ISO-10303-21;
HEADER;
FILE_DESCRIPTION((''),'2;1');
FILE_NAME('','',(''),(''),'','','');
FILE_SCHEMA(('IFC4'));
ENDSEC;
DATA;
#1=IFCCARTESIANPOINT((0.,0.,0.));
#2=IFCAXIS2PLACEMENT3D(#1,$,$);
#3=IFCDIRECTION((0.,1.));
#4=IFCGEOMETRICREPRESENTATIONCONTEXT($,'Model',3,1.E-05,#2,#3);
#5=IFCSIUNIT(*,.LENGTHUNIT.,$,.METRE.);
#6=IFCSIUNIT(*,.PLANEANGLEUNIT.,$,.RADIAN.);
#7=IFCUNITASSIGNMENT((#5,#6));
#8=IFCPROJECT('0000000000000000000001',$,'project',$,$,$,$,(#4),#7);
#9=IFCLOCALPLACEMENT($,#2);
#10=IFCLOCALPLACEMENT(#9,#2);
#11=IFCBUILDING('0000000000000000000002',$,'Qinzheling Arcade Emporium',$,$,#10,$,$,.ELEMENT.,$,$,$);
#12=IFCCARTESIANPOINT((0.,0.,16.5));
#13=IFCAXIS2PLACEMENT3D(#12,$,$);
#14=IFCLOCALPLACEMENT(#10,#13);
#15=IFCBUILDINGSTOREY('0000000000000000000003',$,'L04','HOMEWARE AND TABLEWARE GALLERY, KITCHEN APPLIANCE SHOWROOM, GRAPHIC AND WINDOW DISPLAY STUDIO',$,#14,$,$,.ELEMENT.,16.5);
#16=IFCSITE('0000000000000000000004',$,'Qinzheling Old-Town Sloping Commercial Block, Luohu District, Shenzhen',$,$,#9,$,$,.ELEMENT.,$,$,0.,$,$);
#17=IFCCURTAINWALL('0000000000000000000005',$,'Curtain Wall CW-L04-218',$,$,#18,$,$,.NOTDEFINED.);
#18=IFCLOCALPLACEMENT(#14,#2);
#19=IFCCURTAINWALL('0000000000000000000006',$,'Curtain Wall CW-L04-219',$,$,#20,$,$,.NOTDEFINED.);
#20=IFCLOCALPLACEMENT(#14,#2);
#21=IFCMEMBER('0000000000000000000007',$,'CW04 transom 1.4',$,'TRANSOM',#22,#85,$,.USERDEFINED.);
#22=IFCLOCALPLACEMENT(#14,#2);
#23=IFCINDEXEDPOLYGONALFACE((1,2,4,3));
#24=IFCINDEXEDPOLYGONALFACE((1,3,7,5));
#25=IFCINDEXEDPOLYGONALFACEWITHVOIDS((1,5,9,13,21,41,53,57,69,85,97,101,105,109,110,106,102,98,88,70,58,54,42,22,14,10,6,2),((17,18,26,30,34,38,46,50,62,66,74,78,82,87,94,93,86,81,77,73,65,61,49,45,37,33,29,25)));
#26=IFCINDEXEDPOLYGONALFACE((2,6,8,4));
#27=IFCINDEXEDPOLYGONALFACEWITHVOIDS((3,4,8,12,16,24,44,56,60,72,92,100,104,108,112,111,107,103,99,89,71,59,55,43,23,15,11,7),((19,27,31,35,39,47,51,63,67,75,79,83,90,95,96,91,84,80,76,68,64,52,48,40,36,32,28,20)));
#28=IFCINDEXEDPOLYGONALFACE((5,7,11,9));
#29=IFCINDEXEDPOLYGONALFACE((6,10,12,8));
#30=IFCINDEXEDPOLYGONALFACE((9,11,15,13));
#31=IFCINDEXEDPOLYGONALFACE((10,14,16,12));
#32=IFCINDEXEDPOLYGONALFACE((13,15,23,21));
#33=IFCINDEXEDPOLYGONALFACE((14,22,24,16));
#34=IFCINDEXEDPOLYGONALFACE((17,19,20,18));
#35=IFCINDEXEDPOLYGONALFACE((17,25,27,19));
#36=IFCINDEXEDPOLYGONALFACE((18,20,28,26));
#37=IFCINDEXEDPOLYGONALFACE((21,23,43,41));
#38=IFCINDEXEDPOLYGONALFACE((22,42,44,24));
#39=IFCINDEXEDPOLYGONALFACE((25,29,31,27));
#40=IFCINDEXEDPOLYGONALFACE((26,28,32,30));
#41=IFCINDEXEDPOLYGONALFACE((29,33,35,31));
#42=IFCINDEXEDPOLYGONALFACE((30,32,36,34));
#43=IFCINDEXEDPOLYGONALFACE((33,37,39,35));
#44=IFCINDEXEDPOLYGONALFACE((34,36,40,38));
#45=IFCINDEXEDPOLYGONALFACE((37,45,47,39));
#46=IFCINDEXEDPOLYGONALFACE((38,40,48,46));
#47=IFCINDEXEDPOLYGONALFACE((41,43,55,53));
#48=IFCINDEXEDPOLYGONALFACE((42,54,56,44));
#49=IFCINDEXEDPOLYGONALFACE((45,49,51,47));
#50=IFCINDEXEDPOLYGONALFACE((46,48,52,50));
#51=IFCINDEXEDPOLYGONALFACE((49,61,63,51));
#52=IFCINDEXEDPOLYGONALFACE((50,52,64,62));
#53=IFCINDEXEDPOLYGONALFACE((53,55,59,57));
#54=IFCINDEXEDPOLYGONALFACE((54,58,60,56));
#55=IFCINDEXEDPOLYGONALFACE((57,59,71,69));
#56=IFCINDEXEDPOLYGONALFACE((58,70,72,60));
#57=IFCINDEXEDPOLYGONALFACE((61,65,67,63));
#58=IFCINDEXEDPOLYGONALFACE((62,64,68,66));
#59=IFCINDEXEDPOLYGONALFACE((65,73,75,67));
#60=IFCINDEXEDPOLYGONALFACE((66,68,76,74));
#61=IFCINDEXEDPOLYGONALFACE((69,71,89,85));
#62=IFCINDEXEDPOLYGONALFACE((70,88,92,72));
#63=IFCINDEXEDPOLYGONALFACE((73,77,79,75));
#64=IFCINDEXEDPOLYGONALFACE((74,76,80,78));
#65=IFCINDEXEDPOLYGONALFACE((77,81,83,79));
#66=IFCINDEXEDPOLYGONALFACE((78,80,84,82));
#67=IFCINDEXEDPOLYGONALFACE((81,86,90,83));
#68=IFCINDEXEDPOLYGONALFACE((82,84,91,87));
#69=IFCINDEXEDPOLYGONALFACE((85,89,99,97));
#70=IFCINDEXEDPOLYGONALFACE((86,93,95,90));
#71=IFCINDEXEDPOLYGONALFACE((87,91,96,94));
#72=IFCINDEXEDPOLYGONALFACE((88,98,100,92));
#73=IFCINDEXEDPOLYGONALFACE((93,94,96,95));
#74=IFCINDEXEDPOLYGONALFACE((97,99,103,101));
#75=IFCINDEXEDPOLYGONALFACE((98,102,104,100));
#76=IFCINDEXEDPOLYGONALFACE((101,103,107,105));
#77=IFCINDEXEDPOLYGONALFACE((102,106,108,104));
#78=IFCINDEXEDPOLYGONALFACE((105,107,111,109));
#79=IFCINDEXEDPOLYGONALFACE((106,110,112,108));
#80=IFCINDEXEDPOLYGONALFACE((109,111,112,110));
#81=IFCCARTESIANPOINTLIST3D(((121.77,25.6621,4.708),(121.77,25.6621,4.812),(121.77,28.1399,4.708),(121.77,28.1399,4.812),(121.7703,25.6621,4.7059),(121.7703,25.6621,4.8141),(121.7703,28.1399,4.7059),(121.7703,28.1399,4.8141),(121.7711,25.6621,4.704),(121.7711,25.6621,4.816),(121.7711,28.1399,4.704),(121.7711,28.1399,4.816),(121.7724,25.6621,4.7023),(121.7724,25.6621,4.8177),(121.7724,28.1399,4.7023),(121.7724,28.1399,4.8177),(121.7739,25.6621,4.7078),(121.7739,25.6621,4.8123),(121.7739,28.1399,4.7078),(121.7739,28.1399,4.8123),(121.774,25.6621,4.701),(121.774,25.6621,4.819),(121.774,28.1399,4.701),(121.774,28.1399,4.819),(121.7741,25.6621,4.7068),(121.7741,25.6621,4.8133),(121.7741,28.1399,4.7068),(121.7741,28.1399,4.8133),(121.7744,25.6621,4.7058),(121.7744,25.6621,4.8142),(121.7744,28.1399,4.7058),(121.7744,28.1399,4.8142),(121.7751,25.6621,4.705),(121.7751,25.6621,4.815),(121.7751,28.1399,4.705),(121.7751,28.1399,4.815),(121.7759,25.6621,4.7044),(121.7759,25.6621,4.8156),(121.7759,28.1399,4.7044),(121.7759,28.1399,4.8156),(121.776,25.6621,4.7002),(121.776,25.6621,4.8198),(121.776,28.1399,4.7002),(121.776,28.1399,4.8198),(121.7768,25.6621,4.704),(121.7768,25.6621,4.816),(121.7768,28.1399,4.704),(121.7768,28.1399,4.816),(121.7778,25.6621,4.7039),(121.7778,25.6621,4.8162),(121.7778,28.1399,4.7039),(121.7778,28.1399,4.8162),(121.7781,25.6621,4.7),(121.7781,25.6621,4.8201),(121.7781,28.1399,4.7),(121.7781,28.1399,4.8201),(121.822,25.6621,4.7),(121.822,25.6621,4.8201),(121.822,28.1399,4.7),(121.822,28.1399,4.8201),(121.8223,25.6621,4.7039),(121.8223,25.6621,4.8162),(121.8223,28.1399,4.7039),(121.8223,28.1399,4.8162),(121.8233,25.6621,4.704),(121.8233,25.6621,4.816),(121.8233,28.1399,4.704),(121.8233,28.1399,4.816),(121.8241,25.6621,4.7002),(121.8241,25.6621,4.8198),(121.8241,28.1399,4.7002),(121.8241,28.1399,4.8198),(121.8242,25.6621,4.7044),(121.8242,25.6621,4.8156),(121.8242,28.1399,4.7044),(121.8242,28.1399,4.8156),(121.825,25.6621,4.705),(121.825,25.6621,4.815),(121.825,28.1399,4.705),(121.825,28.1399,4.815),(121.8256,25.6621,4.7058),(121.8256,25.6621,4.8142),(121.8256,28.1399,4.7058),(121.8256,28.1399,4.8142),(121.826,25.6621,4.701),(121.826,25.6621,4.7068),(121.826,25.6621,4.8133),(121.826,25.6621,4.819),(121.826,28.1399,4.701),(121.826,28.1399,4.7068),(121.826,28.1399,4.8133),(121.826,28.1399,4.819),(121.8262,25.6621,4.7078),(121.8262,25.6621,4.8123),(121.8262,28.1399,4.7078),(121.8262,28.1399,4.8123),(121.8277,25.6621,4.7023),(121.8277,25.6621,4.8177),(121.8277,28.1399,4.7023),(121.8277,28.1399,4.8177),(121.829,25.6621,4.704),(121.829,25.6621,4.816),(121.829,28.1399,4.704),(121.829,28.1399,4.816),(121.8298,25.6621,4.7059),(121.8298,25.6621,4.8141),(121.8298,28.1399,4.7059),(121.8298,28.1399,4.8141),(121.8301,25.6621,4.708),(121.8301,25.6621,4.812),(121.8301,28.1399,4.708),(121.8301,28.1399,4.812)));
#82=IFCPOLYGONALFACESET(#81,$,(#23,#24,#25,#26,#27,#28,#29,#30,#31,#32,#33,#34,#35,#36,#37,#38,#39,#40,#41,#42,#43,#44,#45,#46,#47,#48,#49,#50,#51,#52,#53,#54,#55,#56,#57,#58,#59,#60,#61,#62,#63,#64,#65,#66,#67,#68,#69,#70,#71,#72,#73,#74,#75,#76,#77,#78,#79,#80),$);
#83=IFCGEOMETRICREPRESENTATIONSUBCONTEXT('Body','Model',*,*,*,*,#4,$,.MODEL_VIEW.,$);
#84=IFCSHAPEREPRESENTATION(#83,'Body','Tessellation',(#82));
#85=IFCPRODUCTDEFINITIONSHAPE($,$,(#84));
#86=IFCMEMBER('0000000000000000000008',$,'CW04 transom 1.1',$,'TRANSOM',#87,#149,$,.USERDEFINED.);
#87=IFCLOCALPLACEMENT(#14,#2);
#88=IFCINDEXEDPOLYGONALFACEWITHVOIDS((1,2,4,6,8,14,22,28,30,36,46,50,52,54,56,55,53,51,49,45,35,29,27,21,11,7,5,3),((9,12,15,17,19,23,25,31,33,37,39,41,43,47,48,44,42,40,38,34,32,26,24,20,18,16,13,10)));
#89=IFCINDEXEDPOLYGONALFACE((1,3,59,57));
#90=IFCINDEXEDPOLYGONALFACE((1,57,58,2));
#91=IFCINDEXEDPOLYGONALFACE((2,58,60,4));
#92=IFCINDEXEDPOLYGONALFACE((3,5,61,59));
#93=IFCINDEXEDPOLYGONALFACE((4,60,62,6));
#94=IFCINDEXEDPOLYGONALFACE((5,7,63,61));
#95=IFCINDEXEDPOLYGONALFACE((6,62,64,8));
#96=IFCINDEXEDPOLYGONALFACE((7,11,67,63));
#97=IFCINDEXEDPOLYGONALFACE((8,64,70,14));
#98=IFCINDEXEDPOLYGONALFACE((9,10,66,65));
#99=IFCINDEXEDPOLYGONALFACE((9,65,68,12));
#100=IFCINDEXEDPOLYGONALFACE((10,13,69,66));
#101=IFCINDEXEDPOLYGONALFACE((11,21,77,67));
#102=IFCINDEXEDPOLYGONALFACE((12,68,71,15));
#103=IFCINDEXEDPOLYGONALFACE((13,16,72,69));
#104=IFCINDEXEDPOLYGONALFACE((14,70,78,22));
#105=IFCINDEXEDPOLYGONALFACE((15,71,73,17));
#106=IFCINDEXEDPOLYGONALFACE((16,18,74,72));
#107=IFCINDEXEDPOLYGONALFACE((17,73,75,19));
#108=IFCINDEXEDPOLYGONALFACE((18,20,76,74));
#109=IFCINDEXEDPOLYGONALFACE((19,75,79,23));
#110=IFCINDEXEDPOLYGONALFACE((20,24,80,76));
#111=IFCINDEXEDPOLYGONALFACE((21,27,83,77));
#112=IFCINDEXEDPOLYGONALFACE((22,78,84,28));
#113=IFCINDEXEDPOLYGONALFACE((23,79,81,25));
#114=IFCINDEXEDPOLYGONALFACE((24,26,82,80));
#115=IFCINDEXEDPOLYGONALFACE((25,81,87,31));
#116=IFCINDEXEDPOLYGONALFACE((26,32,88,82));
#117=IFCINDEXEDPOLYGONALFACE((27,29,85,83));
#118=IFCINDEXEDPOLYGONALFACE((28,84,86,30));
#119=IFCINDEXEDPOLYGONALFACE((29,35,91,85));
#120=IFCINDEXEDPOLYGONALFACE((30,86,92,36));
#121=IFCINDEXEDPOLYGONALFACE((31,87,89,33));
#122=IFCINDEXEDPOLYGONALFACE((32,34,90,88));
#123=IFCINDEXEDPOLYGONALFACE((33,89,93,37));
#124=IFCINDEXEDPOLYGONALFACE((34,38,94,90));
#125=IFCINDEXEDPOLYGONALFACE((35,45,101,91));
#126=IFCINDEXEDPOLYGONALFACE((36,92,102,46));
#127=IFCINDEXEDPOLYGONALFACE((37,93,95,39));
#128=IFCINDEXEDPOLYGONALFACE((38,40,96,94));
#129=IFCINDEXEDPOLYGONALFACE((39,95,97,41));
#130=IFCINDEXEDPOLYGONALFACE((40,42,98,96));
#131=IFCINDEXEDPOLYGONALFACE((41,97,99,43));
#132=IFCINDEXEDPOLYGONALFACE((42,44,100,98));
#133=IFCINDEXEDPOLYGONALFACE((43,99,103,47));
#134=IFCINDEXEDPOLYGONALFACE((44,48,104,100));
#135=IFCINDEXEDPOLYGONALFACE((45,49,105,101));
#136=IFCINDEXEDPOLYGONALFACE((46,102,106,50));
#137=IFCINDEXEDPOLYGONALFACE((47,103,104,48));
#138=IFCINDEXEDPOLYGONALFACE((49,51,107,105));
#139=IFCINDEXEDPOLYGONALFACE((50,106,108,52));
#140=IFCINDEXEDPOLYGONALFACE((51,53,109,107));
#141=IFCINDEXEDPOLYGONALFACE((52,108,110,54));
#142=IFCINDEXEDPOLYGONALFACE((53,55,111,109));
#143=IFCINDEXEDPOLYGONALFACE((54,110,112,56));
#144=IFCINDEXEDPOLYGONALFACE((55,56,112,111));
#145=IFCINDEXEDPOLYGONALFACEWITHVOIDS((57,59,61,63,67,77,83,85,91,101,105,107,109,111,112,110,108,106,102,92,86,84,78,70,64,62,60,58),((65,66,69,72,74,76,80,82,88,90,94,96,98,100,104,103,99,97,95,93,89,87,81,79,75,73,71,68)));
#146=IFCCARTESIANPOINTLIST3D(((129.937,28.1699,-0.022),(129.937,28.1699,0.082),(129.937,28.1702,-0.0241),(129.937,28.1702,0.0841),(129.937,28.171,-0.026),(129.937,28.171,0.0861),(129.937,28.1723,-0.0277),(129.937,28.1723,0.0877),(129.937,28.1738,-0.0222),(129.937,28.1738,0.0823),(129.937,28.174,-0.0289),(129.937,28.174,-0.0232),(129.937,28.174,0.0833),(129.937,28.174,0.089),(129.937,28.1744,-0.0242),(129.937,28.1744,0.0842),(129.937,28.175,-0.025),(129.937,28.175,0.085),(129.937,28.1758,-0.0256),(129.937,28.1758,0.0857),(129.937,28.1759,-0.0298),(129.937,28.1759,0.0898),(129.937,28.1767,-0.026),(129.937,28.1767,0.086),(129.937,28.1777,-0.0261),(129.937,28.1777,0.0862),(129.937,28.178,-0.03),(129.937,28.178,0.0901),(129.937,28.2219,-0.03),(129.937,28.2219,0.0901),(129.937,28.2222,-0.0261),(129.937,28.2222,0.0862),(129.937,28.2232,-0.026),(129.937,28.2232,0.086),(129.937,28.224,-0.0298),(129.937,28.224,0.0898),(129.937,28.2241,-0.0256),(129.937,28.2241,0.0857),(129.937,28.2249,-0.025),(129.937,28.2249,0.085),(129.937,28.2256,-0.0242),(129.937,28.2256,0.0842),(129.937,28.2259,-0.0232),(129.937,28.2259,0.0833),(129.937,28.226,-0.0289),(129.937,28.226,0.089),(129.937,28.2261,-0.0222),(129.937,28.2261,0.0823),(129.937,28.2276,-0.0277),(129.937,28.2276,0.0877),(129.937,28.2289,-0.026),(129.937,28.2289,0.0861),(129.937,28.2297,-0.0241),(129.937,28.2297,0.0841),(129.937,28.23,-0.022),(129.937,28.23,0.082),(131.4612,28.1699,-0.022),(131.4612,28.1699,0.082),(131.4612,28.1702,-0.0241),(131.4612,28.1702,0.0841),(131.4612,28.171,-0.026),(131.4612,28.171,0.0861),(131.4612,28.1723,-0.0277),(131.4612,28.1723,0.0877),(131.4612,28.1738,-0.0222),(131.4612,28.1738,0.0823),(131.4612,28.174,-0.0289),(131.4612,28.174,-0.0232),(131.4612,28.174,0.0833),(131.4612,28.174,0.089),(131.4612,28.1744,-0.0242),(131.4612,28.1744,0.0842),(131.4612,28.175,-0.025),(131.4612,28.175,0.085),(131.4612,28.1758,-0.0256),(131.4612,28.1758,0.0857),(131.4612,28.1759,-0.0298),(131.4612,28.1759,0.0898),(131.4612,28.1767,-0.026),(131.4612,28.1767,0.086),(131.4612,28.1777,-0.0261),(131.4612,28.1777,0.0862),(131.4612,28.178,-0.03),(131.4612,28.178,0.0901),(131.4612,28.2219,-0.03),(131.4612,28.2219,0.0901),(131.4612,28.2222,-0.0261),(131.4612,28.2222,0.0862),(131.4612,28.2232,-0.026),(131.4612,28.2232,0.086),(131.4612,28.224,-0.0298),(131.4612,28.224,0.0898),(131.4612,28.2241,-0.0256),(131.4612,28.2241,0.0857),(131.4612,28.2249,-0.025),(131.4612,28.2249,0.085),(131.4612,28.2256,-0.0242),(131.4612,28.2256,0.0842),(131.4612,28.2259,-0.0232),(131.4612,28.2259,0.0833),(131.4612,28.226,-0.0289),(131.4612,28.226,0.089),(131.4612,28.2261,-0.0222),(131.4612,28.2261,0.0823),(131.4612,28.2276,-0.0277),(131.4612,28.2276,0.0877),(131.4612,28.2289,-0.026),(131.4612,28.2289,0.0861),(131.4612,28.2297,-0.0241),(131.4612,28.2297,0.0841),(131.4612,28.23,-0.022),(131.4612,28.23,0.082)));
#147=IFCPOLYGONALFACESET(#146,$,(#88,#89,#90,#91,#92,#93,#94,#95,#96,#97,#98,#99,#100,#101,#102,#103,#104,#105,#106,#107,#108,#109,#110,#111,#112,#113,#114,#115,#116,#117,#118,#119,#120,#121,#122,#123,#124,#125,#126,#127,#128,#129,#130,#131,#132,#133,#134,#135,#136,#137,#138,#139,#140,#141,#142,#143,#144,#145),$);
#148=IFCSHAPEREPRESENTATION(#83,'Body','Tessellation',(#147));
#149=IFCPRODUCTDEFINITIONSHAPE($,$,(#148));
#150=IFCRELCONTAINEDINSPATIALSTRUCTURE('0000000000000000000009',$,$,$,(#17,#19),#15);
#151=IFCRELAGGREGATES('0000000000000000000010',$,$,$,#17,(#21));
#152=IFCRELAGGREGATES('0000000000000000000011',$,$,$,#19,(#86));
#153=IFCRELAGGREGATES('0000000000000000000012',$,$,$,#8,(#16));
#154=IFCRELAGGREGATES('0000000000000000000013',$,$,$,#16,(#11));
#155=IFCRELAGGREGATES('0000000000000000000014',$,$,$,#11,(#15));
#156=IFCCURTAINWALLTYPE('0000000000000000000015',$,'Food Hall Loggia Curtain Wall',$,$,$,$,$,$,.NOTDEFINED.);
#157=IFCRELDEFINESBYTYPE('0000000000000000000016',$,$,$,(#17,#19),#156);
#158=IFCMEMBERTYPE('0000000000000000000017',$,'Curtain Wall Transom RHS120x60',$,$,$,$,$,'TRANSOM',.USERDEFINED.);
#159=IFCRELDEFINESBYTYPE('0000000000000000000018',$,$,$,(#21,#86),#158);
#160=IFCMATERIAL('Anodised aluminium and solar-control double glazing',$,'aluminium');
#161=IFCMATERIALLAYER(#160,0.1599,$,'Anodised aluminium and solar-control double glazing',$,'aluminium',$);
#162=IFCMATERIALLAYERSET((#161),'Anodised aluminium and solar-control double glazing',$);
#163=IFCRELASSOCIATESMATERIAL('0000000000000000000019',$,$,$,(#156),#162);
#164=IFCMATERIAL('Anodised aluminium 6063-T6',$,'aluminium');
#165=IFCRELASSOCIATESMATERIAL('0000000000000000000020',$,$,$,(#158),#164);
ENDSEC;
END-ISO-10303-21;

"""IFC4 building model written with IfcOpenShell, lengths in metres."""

from ifc_helpers import new_model, si_unit, direction, frame, origin, origin_2d, place, context, subcontext, project, spatial, hollow_rectangle, extrude, material, layer, layer_set, material_profile, profile_set, type_object, element, aggregate, save


model = new_model("IFC4")

# Units and contexts
model_context = context("Model", 3, precision=1e-05, world=origin(), true_north=direction((0.0, 1.0)))
body_context = subcontext(model_context, "Body", "Model", "MODEL_VIEW")
ifc_project = project(units=[si_unit("LENGTHUNIT", "METRE"), si_unit("PLANEANGLEUNIT", "RADIAN")], contexts=[model_context])

# Site, building, storey
site_placement = place(None, origin())
site = spatial("IfcSite", under=ifc_project, at=site_placement, Name="Qinzheling Old-Town Sloping Commercial Block, Luohu District, Shenzhen", CompositionType="ELEMENT", RefElevation=0.0)
building_placement = place(site_placement, origin())
building = spatial("IfcBuilding", under=site, at=building_placement, Name="Qinzheling Arcade Emporium", CompositionType="ELEMENT")
storey_placement = place(building_placement, frame((0.0, 0.0, 16.5)))
storey = spatial("IfcBuildingStorey", under=building, at=storey_placement, Name="L04", Description="HOMEWARE AND TABLEWARE GALLERY, KITCHEN APPLIANCE SHOWROOM, GRAPHIC AND WINDOW DISPLAY STUDIO", CompositionType="ELEMENT", Elevation=16.5)

# Curtain wall
ifc_material_1 = material(Name="Anodised aluminium and solar-control double glazing", Category="aluminium")
ifc_layer_1 = layer(ifc_material_1, 0.1599, Name="Anodised aluminium and solar-control double glazing", Category="aluminium")
ifc_layer_set_1 = layer_set([ifc_layer_1], Name="Anodised aluminium and solar-control double glazing")
curtain_wall_type = type_object("IfcCurtainWallType", Name="Food Hall Loggia Curtain Wall", PredefinedType="NOTDEFINED", material=ifc_layer_set_1)
curtain_wall_1_placement = place(storey_placement, origin())
curtain_wall_1 = element("IfcCurtainWall", 1, at=curtain_wall_1_placement, inside=storey, type_object=curtain_wall_type, Name="Curtain Wall CW-L04-218", PredefinedType="NOTDEFINED")
ifc_material_2 = material(Name="Anodised aluminium 6063-T6", Category="aluminium")

# Curtain wall
curtain_wall_2_placement = place(storey_placement, origin())
curtain_wall_2 = element("IfcCurtainWall", 2, at=curtain_wall_2_placement, inside=storey, type_object=curtain_wall_type, Name="Curtain Wall CW-L04-219", PredefinedType="NOTDEFINED")

# Members
ifc_material_profile_1 = material_profile(ifc_material_2, hollow_rectangle(XDim=0.0601, YDim=0.1201, WallThickness=0.0039, InnerFilletRadius=0.0039, OuterFilletRadius=0.0081, at=origin_2d()), Name="RHS 120x60x4", Category="aluminium")
ifc_profile_set_1 = profile_set([ifc_material_profile_1], Name="Anodised aluminium 6063-T6")
member_type_1 = type_object("IfcMemberType", Name="Curtain Wall Transom RHS120x60", ElementType="TRANSOM", PredefinedType="USERDEFINED", material=ifc_profile_set_1)
member_1_placement = place(storey_placement, frame((121.8, 25.6621, 4.76), z_axis=(0.0, 1.0, 0.0), x_axis=(-1.0, 0.0, 0.0)))
member_1 = element("IfcMember", 3, at=member_1_placement, type_object=member_type_1, Name="CW04 transom 1.4", ObjectType="TRANSOM", PredefinedType="USERDEFINED", context=body_context, shape_type="SweptSolid", body=[
    extrude(hollow_rectangle(XDim=0.0601, YDim=0.1201, WallThickness=0.0039, InnerFilletRadius=0.0039, OuterFilletRadius=0.0081, at=origin_2d()), origin(), (0.0, 0.0, 1.0), 2.4778),
])
member_2_placement = place(storey_placement, frame((129.937, 28.2, 0.03), z_axis=(1.0, 0.0, 0.0), x_axis=(0.0, 1.0, 0.0)))
member_2 = element("IfcMember", 4, at=member_2_placement, type_object=member_type_1, Name="CW04 transom 1.1", ObjectType="TRANSOM", PredefinedType="USERDEFINED", context=body_context, shape_type="SweptSolid", body=[
    extrude(hollow_rectangle(XDim=0.0601, YDim=0.1201, WallThickness=0.0039, InnerFilletRadius=0.0039, OuterFilletRadius=0.0081, at=origin_2d()), origin(), (0.0, 0.0, 1.0), 1.5242),
])

aggregate(curtain_wall_1, [member_1])
aggregate(curtain_wall_2, [member_2])

save(model, "model.ifc")
